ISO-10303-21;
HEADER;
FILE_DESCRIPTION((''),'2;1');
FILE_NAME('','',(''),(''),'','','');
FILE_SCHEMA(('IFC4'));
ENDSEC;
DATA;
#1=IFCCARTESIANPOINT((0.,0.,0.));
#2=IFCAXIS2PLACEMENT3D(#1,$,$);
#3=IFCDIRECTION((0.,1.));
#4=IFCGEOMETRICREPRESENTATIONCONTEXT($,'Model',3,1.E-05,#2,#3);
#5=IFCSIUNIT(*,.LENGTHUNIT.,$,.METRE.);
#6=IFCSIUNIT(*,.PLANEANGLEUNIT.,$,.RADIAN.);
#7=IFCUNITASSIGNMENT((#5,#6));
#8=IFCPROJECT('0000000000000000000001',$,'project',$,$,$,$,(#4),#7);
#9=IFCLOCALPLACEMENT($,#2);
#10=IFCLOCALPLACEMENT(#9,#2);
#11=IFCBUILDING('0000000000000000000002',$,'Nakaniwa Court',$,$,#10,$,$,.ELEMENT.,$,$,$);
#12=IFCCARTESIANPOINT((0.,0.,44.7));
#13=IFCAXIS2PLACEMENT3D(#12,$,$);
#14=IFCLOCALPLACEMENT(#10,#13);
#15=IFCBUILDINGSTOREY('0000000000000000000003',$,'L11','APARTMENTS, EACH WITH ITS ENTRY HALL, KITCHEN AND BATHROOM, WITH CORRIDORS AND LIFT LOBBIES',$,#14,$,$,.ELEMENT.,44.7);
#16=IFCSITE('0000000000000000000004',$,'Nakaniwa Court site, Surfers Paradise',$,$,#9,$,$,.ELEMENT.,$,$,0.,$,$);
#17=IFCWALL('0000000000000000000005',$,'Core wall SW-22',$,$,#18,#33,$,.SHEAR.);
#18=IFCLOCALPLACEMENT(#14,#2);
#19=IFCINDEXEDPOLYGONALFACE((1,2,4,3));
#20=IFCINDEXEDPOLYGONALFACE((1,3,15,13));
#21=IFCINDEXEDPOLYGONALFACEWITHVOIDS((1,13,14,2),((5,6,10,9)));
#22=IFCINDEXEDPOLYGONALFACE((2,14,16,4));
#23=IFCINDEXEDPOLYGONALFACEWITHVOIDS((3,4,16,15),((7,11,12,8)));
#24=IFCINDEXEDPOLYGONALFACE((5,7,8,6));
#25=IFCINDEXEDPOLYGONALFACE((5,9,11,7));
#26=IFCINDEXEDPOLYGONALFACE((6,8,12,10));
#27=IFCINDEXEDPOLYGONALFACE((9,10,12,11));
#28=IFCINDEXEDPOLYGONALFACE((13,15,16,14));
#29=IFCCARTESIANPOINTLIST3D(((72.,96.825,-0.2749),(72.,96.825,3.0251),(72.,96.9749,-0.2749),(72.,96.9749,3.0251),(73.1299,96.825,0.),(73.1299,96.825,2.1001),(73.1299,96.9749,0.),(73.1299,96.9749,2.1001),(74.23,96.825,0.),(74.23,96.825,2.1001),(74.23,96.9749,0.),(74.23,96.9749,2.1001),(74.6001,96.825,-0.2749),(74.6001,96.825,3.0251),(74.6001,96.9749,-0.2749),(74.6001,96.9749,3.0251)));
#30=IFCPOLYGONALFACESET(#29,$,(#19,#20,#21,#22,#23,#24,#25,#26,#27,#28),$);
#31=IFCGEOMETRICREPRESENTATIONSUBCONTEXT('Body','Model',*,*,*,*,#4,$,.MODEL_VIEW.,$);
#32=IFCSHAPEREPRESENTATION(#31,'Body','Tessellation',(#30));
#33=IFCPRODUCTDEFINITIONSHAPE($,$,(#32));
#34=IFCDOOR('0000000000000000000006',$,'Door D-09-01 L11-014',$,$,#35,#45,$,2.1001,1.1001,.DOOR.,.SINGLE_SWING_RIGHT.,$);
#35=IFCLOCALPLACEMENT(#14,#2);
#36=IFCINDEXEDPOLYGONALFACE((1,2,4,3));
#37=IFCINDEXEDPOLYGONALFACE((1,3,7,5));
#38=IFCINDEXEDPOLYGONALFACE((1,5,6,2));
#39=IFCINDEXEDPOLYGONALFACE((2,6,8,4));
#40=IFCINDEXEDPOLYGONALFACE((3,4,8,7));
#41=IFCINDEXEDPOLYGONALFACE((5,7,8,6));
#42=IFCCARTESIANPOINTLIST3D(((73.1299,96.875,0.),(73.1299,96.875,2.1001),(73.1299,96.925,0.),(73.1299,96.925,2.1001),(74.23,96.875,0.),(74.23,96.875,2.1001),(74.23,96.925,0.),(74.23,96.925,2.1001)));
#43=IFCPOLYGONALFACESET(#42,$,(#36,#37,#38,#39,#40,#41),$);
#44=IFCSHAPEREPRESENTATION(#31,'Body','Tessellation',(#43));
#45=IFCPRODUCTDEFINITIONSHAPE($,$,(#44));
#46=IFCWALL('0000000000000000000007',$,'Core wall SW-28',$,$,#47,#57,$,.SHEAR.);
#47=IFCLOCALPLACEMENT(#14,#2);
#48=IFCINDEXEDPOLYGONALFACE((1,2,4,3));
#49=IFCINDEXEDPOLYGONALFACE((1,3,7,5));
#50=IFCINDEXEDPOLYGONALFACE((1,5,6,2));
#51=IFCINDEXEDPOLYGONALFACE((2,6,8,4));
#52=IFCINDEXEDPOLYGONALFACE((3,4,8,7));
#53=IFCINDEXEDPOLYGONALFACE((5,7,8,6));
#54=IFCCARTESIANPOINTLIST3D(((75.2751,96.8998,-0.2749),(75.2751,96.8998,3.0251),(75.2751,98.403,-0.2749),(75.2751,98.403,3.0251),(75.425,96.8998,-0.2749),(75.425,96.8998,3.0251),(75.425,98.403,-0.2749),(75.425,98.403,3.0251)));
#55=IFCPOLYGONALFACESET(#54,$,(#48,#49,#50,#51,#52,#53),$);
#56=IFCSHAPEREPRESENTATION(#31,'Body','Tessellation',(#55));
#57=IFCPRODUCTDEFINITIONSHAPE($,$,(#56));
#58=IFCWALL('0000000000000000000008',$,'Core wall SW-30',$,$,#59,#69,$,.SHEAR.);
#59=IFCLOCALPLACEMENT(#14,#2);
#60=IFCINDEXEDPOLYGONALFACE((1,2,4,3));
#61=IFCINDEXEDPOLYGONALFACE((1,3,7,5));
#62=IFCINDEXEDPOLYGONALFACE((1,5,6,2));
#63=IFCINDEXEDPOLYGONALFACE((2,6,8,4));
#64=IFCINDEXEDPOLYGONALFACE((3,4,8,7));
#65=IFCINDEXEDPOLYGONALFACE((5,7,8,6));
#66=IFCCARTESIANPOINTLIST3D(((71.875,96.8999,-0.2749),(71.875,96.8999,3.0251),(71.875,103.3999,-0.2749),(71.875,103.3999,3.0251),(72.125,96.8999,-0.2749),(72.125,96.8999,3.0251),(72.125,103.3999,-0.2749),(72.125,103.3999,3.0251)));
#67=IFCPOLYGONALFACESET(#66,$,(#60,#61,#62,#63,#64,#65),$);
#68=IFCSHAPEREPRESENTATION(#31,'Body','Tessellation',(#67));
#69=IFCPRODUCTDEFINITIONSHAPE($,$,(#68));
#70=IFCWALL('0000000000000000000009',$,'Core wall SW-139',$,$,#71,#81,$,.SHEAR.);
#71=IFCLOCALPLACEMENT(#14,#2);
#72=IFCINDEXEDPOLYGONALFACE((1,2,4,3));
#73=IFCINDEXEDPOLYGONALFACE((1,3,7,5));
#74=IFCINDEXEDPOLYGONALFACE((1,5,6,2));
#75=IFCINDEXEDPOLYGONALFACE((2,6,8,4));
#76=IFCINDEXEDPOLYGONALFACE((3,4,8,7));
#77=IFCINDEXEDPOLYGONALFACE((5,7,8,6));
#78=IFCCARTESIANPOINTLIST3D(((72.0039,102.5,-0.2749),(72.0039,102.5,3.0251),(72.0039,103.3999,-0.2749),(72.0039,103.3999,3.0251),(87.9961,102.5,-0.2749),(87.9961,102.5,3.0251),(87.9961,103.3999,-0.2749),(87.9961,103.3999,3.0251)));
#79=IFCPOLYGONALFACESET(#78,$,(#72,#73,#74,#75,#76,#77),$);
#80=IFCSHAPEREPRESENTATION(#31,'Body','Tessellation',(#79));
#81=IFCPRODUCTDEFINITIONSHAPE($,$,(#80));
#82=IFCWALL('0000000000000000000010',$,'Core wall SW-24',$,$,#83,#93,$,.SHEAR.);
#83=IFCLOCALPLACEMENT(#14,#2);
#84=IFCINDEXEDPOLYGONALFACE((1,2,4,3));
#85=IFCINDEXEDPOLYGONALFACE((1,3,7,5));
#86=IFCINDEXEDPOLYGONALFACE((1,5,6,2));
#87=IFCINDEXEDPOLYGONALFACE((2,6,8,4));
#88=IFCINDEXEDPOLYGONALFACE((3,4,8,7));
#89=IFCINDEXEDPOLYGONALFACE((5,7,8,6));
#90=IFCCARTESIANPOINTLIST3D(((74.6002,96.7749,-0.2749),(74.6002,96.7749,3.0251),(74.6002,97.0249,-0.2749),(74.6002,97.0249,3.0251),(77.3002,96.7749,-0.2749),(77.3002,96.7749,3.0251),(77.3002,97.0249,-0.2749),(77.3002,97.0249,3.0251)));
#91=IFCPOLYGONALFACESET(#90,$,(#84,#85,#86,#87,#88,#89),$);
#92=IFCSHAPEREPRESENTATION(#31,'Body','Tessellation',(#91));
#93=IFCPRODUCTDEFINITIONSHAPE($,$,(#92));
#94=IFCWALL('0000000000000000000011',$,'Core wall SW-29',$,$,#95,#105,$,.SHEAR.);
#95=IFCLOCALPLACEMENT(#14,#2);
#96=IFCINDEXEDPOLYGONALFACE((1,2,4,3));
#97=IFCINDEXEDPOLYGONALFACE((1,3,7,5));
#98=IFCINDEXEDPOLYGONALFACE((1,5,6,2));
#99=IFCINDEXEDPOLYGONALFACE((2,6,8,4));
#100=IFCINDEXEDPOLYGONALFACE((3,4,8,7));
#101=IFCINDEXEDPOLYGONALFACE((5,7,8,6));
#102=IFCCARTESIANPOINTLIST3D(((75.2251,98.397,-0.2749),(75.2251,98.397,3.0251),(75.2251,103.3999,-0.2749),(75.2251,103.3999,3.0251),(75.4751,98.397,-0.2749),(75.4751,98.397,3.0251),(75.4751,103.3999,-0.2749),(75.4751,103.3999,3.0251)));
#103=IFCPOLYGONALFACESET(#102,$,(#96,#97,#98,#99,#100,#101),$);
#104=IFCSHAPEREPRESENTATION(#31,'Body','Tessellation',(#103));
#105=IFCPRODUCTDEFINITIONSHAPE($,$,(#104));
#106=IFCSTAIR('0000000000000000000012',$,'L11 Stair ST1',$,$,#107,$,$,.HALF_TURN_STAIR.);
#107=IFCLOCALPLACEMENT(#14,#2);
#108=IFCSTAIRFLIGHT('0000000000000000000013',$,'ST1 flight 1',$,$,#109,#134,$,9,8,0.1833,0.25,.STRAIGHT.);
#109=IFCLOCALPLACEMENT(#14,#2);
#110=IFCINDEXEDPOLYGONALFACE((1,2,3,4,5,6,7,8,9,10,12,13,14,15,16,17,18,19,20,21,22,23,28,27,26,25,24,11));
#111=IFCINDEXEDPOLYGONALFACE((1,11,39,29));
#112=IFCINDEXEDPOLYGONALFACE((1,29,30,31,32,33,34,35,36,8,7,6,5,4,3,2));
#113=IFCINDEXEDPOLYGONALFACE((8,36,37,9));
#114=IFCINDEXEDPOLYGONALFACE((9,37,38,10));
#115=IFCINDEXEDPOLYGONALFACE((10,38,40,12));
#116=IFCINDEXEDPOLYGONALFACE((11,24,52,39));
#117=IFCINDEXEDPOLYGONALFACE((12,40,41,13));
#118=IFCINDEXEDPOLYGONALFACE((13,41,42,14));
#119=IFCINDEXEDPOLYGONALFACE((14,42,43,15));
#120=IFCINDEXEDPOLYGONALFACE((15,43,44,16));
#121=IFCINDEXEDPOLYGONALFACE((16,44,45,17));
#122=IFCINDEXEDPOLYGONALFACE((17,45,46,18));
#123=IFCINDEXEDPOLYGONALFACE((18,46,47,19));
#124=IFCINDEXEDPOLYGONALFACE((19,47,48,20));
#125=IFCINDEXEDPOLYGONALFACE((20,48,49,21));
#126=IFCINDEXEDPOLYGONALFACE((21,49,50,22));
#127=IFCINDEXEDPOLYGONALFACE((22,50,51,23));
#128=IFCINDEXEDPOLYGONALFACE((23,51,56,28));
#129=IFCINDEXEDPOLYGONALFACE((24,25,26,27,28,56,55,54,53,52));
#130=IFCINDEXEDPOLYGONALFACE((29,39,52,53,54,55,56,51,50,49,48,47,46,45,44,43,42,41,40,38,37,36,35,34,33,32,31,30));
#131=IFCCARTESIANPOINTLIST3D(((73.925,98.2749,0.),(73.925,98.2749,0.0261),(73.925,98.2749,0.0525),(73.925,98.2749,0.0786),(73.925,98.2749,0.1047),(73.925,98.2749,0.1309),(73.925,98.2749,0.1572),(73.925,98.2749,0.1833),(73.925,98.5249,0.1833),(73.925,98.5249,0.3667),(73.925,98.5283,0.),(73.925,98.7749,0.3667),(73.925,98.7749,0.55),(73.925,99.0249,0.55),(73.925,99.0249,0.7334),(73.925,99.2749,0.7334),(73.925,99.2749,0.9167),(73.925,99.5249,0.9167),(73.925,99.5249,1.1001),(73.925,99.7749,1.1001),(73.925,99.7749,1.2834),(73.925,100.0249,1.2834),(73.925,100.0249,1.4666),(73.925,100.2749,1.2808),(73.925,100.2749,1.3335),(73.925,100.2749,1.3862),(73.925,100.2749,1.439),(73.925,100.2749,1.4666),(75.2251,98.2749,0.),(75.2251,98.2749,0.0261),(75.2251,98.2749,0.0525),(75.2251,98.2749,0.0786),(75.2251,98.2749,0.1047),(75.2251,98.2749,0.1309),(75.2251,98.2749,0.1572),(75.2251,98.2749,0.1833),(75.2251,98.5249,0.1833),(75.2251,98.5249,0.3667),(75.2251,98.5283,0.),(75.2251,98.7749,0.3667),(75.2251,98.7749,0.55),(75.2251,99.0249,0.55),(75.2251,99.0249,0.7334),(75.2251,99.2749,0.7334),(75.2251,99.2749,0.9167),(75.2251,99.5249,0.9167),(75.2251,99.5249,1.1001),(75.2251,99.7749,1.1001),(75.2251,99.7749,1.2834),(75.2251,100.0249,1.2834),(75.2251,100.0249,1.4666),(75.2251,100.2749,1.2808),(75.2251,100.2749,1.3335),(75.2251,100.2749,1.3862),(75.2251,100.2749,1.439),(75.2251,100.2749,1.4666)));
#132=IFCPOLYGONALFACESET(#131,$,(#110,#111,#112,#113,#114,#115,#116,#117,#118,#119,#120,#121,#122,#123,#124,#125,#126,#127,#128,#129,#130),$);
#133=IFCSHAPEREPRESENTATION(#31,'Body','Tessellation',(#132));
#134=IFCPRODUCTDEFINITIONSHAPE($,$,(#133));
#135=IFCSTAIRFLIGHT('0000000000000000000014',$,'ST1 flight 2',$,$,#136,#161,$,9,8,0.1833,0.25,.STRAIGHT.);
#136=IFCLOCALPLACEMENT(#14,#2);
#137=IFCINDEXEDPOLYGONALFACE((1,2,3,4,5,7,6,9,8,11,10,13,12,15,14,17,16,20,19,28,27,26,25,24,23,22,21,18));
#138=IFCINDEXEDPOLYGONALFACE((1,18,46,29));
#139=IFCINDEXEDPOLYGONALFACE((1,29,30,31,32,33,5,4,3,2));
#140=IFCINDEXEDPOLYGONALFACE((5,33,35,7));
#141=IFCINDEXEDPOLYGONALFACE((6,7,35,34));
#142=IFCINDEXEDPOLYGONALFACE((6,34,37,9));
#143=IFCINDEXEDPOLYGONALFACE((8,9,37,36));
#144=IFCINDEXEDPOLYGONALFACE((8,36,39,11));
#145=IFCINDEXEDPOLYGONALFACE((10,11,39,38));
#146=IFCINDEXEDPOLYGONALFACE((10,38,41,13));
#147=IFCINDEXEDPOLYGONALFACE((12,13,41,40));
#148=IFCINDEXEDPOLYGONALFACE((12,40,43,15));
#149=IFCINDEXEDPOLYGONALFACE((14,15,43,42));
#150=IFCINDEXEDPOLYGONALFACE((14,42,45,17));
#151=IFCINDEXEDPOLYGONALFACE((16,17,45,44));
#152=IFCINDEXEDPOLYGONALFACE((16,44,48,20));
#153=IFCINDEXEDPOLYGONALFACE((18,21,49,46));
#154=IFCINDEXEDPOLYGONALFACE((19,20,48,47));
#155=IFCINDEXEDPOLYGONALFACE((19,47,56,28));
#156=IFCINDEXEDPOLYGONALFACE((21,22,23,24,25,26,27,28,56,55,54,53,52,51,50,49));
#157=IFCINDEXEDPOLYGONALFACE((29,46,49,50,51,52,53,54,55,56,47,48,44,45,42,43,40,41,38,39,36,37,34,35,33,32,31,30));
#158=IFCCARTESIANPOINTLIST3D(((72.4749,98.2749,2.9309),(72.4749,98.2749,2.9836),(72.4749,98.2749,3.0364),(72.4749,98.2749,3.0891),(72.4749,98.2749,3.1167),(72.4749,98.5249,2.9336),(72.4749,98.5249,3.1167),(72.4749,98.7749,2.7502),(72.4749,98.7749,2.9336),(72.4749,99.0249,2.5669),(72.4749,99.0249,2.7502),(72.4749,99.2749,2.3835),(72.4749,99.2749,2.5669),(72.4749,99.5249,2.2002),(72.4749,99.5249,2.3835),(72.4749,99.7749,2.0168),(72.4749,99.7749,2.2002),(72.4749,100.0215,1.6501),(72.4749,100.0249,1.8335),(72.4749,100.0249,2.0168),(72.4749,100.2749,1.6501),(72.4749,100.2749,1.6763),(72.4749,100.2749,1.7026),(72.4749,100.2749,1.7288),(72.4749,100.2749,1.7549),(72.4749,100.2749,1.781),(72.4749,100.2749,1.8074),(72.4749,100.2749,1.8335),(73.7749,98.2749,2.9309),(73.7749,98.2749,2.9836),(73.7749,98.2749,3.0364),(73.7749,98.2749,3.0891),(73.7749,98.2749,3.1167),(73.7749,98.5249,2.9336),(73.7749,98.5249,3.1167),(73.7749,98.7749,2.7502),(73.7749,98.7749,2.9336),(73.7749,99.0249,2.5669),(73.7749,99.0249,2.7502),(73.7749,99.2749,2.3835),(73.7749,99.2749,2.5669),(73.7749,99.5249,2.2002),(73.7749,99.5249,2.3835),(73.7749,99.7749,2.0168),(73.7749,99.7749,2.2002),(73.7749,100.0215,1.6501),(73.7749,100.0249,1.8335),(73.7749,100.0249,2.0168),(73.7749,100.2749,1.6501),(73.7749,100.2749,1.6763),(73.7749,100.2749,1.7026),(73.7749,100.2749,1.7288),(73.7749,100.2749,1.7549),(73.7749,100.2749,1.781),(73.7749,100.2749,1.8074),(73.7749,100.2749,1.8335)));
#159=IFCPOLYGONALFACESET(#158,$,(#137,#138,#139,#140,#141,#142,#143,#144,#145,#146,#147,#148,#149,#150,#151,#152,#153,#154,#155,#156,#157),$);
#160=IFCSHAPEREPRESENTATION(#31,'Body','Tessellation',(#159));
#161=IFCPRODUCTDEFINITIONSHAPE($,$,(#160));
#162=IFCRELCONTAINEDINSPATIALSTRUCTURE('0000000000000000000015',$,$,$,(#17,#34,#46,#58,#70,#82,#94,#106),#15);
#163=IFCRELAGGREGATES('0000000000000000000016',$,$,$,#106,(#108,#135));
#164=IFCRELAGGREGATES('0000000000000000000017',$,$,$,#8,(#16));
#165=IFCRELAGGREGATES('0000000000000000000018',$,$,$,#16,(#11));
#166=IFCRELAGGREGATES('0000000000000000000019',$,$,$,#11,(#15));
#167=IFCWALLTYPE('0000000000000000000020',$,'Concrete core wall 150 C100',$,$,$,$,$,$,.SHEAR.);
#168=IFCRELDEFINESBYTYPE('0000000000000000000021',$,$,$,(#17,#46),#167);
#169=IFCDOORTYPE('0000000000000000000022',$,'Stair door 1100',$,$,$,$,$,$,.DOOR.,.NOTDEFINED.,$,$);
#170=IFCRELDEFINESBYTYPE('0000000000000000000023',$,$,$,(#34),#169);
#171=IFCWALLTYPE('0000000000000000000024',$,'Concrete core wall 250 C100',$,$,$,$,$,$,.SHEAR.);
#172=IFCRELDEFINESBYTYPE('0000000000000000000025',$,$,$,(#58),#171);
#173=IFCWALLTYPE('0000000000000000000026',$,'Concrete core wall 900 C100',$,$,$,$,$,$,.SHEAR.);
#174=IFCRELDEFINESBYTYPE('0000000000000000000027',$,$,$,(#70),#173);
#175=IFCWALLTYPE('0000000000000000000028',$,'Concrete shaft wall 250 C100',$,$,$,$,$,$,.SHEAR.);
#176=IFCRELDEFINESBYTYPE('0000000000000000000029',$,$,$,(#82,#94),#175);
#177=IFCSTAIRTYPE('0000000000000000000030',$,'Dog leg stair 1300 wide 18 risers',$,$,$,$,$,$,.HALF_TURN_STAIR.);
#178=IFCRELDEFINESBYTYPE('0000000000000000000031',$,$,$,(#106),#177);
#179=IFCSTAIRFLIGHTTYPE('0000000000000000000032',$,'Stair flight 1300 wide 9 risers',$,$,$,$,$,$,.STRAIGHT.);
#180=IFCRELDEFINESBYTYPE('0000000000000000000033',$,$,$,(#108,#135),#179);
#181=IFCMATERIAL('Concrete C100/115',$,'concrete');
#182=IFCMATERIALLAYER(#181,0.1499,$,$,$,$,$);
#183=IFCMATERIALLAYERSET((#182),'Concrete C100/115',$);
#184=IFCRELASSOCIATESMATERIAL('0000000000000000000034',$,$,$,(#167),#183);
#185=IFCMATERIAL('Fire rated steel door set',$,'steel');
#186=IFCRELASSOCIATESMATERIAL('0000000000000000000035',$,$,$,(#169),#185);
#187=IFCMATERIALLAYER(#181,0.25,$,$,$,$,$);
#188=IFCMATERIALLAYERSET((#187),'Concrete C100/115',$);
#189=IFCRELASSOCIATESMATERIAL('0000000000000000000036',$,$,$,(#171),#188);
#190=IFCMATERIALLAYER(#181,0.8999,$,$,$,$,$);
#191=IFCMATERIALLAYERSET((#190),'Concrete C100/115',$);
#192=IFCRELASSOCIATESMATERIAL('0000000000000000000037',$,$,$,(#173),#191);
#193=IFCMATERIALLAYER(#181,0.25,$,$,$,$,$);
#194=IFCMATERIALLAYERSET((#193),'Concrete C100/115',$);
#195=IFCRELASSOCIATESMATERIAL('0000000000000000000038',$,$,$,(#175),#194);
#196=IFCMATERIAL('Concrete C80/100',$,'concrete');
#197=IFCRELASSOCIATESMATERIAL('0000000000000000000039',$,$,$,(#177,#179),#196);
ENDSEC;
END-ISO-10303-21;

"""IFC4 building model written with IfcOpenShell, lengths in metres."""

from ifc_helpers import new_model, si_unit, direction, frame, frame_2d, origin, place, context, subcontext, project, spatial, polyline, rectangle, outline, extrude, material, layer, layer_set, type_object, element, fill, aggregate, save


model = new_model("IFC4")

# Units and contexts
model_context = context("Model", 3, precision=1e-05, world=origin(), true_north=direction((0.0, 1.0)))
body_context = subcontext(model_context, "Body", "Model", "MODEL_VIEW")
ifc_project = project(units=[si_unit("LENGTHUNIT", "METRE"), si_unit("PLANEANGLEUNIT", "RADIAN")], contexts=[model_context])

# Site, building, storey
site_placement = place(None, origin())
site = spatial("IfcSite", under=ifc_project, at=site_placement, Name="Nakaniwa Court site, Surfers Paradise", CompositionType="ELEMENT", RefElevation=0.0)
building_placement = place(site_placement, origin())
building = spatial("IfcBuilding", under=site, at=building_placement, Name="Nakaniwa Court", CompositionType="ELEMENT")
storey_placement = place(building_placement, frame((0.0, 0.0, 44.7)))
storey = spatial("IfcBuildingStorey", under=building, at=storey_placement, Name="L11", Description="APARTMENTS, EACH WITH ITS ENTRY HALL, KITCHEN AND BATHROOM, WITH CORRIDORS AND LIFT LOBBIES", CompositionType="ELEMENT", Elevation=44.7)

# Shared definitions
ifc_material_1 = material(Name="Concrete C100/115", Category="concrete")

# Shared definitions
ifc_material_2 = material(Name="Concrete C80/100", Category="concrete")

# Shared definitions
ifc_material_3 = material(Name="Fire rated steel door set", Category="steel")

# Wall, opening, door
ifc_layer_1 = layer(ifc_material_1, 0.1499)
ifc_layer_set_1 = layer_set([ifc_layer_1], Name="Concrete C100/115")
wall_type_1 = type_object("IfcWallType", Name="Concrete core wall 150 C100", PredefinedType="SHEAR", material=ifc_layer_set_1)
wall_1_placement = place(storey_placement, frame((74.6001, 96.8999, -0.2749), z_axis=(0.0, 0.0, 1.0), x_axis=(-1.0, 0.0, 0.0)))
wall_1 = element("IfcWall", 1, at=wall_1_placement, inside=storey, type_object=wall_type_1, Name="Core wall SW-22", PredefinedType="SHEAR", context=body_context, shape_type="SweptSolid", body=[
    extrude(rectangle(XDim=2.6001, YDim=0.1499, at=frame_2d((1.3, 0.0))), origin(), (0.0, 0.0, 1.0), 3.3),
])
opening_1_placement = place(wall_1_placement, frame((0.3701, 0.0, 0.2749)))
opening_1 = element("IfcOpeningElement", 2, at=opening_1_placement, cuts=wall_1, PredefinedType="OPENING", context=body_context, shape_type="SweptSolid", body=[
    extrude(rectangle(XDim=1.1001, YDim=2.1001, at=frame_2d((0.55, 1.05))), frame((0.0, 0.085, 0.0), z_axis=(0.0, -1.0, 0.0), x_axis=(1.0, 0.0, 0.0)), (0.0, 0.0, 1.0), 0.1699),
])
door_type_1 = type_object("IfcDoorType", Name="Stair door 1100", OperationType="NOTDEFINED", PredefinedType="DOOR", material=ifc_material_3)
door_1_placement = place(opening_1_placement, origin())
door_1 = element("IfcDoor", 3, at=door_1_placement, inside=storey, type_object=door_type_1, Name="Door D-09-01 L11-014", OperationType="SINGLE_SWING_RIGHT", OverallHeight=2.1001, OverallWidth=1.1001, PredefinedType="DOOR", context=body_context, shape_type="SweptSolid", body=[
    extrude(rectangle(XDim=1.1001, YDim=2.1001, at=frame_2d((0.55, 1.05))), frame((0.0, 0.0249, 0.0), z_axis=(0.0, -1.0, 0.0), x_axis=(1.0, 0.0, 0.0)), (0.0, 0.0, 1.0), 0.05),
])
fill(opening_1, door_1)

# Walls
wall_2_placement = place(storey_placement, frame((75.3501, 96.8999, -0.2749), z_axis=(0.0, 0.0, 1.0), x_axis=(0.0, 1.0, 0.0)))
element("IfcWall", 4, at=wall_2_placement, inside=storey, type_object=wall_type_1, Name="Core wall SW-28", PredefinedType="SHEAR", context=body_context, shape_type="SweptSolid", body=[
    extrude(rectangle(XDim=1.5032, YDim=0.1499, at=frame_2d((0.7515, 0.0))), origin(), (0.0, 0.0, 1.0), 3.3),
])
ifc_layer_2 = layer(ifc_material_1, 0.25)
ifc_layer_set_2 = layer_set([ifc_layer_2], Name="Concrete C100/115")
wall_type_2 = type_object("IfcWallType", Name="Concrete core wall 250 C100", PredefinedType="SHEAR", material=ifc_layer_set_2)
wall_3_placement = place(storey_placement, frame((72.0, 96.8999, -0.2749), z_axis=(0.0, 0.0, 1.0), x_axis=(0.0, 1.0, 0.0)))
element("IfcWall", 5, at=wall_3_placement, inside=storey, type_object=wall_type_2, Name="Core wall SW-30", PredefinedType="SHEAR", context=body_context, shape_type="SweptSolid", body=[
    extrude(rectangle(XDim=6.5, YDim=0.25, at=frame_2d((3.25, 0.0))), origin(), (0.0, 0.0, 1.0), 3.3),
])
ifc_layer_3 = layer(ifc_material_1, 0.8999)
ifc_layer_set_3 = layer_set([ifc_layer_3], Name="Concrete C100/115")
wall_type_3 = type_object("IfcWallType", Name="Concrete core wall 900 C100", PredefinedType="SHEAR", material=ifc_layer_set_3)
wall_4_placement = place(storey_placement, frame((72.0039, 102.95, -0.2749), z_axis=(0.0, 0.0, 1.0), x_axis=(1.0, 0.0, 0.0)))
element("IfcWall", 6, at=wall_4_placement, inside=storey, type_object=wall_type_3, Name="Core wall SW-139", PredefinedType="SHEAR", context=body_context, shape_type="SweptSolid", body=[
    extrude(rectangle(XDim=15.9922, YDim=0.8999, at=frame_2d((7.9961, 0.0))), origin(), (0.0, 0.0, 1.0), 3.3),
])
ifc_layer_4 = layer(ifc_material_1, 0.25)
ifc_layer_set_4 = layer_set([ifc_layer_4], Name="Concrete C100/115")
wall_type_4 = type_object("IfcWallType", Name="Concrete shaft wall 250 C100", PredefinedType="SHEAR", material=ifc_layer_set_4)
wall_5_placement = place(storey_placement, frame((74.6001, 96.8999, -0.2749), z_axis=(0.0, 0.0, 1.0), x_axis=(1.0, 0.0, 0.0)))
element("IfcWall", 7, at=wall_5_placement, inside=storey, type_object=wall_type_4, Name="Core wall SW-24", PredefinedType="SHEAR", context=body_context, shape_type="SweptSolid", body=[
    extrude(rectangle(XDim=2.7, YDim=0.25, at=frame_2d((1.3501, 0.0))), origin(), (0.0, 0.0, 1.0), 3.3),
])
wall_6_placement = place(storey_placement, frame((75.3501, 98.397, -0.2749), z_axis=(0.0, 0.0, 1.0), x_axis=(0.0, 1.0, 0.0)))
element("IfcWall", 8, at=wall_6_placement, inside=storey, type_object=wall_type_4, Name="Core wall SW-29", PredefinedType="SHEAR", context=body_context, shape_type="SweptSolid", body=[
    extrude(rectangle(XDim=5.0029, YDim=0.25, at=frame_2d((2.5015, 0.0))), origin(), (0.0, 0.0, 1.0), 3.3),
])

# Stair, stair flights
stair_type = type_object("IfcStairType", Name="Dog leg stair 1300 wide 18 risers", PredefinedType="HALF_TURN_STAIR", material=ifc_material_2)
stair_placement = place(storey_placement, origin())
stair = element("IfcStair", 9, at=stair_placement, inside=storey, type_object=stair_type, Name="L11 Stair ST1", PredefinedType="HALF_TURN_STAIR")
stair_flight_type = type_object("IfcStairFlightType", Name="Stair flight 1300 wide 9 risers", PredefinedType="STRAIGHT", material=ifc_material_2)
stair_flight_1_placement = place(storey_placement, frame((74.575, 98.2749, 0.0), z_axis=(0.0, 0.0, 1.0), x_axis=(0.0, 1.0, 0.0)))
stair_flight_1 = element("IfcStairFlight", 10, at=stair_flight_1_placement, type_object=stair_flight_type, Name="ST1 flight 1", NumberOfRisers=9, NumberOfTreads=8, PredefinedType="STRAIGHT", RiserHeight=0.1833, TreadLength=0.25, context=body_context, shape_type="SweptSolid", body=[
    extrude(outline(polyline([(0.0, 0.0), (0.0, 0.0261), (0.0, 0.0525), (0.0, 0.0786), (0.0, 0.1047), (0.0, 0.1309), (0.0, 0.1572), (0.0, 0.1833), (0.25, 0.1833), (0.25, 0.3667), (0.5, 0.3667), (0.5, 0.55), (0.75, 0.55), (0.75, 0.7334), (1.0, 0.7334), (1.0, 0.9167), (1.25, 0.9167), (1.25, 1.1001), (1.5, 1.1001), (1.5, 1.2834), (1.75, 1.2834), (1.75, 1.4666), (2.0, 1.4666), (2.0, 1.6499), (2.0, 1.5972), (2.0, 1.5444), (2.0, 1.4917), (2.0, 1.439), (2.0, 1.3862), (2.0, 1.3335), (2.0, 1.2808), (0.2534, 0.0), (0.0, 0.0)])), frame((0.0, 0.6499, 0.0), z_axis=(0.0, -1.0, 0.0), x_axis=(1.0, 0.0, 0.0)), (0.0, 0.0, 1.0), 1.3),
])
stair_flight_2_placement = place(storey_placement, frame((73.125, 100.2749, 1.6501), z_axis=(0.0, 0.0, 1.0), x_axis=(0.0, -1.0, 0.0)))
stair_flight_2 = element("IfcStairFlight", 11, at=stair_flight_2_placement, type_object=stair_flight_type, Name="ST1 flight 2", NumberOfRisers=9, NumberOfTreads=8, PredefinedType="STRAIGHT", RiserHeight=0.1833, TreadLength=0.25, context=body_context, shape_type="SweptSolid", body=[
    extrude(outline(polyline([(0.0, 0.0), (0.0, 0.0261), (0.0, 0.0525), (0.0, 0.0786), (0.0, 0.1047), (0.0, 0.1309), (0.0, 0.1572), (0.0, 0.1833), (0.25, 0.1833), (0.25, 0.3667), (0.5, 0.3667), (0.5, 0.55), (0.75, 0.55), (0.75, 0.7334), (1.0, 0.7334), (1.0, 0.9167), (1.25, 0.9167), (1.25, 1.1001), (1.5, 1.1001), (1.5, 1.2834), (1.75, 1.2834), (1.75, 1.4666), (2.0, 1.4666), (2.0, 1.6499), (2.0, 1.5972), (2.0, 1.5444), (2.0, 1.4917), (2.0, 1.439), (2.0, 1.3862), (2.0, 1.3335), (2.0, 1.2808), (0.2534, 0.0), (0.0, 0.0)])), frame((0.0, 0.6499, 0.0), z_axis=(0.0, -1.0, 0.0), x_axis=(1.0, 0.0, 0.0)), (0.0, 0.0, 1.0), 1.3),
])
aggregate(stair, [stair_flight_1, stair_flight_2])

save(model, "model.ifc")
